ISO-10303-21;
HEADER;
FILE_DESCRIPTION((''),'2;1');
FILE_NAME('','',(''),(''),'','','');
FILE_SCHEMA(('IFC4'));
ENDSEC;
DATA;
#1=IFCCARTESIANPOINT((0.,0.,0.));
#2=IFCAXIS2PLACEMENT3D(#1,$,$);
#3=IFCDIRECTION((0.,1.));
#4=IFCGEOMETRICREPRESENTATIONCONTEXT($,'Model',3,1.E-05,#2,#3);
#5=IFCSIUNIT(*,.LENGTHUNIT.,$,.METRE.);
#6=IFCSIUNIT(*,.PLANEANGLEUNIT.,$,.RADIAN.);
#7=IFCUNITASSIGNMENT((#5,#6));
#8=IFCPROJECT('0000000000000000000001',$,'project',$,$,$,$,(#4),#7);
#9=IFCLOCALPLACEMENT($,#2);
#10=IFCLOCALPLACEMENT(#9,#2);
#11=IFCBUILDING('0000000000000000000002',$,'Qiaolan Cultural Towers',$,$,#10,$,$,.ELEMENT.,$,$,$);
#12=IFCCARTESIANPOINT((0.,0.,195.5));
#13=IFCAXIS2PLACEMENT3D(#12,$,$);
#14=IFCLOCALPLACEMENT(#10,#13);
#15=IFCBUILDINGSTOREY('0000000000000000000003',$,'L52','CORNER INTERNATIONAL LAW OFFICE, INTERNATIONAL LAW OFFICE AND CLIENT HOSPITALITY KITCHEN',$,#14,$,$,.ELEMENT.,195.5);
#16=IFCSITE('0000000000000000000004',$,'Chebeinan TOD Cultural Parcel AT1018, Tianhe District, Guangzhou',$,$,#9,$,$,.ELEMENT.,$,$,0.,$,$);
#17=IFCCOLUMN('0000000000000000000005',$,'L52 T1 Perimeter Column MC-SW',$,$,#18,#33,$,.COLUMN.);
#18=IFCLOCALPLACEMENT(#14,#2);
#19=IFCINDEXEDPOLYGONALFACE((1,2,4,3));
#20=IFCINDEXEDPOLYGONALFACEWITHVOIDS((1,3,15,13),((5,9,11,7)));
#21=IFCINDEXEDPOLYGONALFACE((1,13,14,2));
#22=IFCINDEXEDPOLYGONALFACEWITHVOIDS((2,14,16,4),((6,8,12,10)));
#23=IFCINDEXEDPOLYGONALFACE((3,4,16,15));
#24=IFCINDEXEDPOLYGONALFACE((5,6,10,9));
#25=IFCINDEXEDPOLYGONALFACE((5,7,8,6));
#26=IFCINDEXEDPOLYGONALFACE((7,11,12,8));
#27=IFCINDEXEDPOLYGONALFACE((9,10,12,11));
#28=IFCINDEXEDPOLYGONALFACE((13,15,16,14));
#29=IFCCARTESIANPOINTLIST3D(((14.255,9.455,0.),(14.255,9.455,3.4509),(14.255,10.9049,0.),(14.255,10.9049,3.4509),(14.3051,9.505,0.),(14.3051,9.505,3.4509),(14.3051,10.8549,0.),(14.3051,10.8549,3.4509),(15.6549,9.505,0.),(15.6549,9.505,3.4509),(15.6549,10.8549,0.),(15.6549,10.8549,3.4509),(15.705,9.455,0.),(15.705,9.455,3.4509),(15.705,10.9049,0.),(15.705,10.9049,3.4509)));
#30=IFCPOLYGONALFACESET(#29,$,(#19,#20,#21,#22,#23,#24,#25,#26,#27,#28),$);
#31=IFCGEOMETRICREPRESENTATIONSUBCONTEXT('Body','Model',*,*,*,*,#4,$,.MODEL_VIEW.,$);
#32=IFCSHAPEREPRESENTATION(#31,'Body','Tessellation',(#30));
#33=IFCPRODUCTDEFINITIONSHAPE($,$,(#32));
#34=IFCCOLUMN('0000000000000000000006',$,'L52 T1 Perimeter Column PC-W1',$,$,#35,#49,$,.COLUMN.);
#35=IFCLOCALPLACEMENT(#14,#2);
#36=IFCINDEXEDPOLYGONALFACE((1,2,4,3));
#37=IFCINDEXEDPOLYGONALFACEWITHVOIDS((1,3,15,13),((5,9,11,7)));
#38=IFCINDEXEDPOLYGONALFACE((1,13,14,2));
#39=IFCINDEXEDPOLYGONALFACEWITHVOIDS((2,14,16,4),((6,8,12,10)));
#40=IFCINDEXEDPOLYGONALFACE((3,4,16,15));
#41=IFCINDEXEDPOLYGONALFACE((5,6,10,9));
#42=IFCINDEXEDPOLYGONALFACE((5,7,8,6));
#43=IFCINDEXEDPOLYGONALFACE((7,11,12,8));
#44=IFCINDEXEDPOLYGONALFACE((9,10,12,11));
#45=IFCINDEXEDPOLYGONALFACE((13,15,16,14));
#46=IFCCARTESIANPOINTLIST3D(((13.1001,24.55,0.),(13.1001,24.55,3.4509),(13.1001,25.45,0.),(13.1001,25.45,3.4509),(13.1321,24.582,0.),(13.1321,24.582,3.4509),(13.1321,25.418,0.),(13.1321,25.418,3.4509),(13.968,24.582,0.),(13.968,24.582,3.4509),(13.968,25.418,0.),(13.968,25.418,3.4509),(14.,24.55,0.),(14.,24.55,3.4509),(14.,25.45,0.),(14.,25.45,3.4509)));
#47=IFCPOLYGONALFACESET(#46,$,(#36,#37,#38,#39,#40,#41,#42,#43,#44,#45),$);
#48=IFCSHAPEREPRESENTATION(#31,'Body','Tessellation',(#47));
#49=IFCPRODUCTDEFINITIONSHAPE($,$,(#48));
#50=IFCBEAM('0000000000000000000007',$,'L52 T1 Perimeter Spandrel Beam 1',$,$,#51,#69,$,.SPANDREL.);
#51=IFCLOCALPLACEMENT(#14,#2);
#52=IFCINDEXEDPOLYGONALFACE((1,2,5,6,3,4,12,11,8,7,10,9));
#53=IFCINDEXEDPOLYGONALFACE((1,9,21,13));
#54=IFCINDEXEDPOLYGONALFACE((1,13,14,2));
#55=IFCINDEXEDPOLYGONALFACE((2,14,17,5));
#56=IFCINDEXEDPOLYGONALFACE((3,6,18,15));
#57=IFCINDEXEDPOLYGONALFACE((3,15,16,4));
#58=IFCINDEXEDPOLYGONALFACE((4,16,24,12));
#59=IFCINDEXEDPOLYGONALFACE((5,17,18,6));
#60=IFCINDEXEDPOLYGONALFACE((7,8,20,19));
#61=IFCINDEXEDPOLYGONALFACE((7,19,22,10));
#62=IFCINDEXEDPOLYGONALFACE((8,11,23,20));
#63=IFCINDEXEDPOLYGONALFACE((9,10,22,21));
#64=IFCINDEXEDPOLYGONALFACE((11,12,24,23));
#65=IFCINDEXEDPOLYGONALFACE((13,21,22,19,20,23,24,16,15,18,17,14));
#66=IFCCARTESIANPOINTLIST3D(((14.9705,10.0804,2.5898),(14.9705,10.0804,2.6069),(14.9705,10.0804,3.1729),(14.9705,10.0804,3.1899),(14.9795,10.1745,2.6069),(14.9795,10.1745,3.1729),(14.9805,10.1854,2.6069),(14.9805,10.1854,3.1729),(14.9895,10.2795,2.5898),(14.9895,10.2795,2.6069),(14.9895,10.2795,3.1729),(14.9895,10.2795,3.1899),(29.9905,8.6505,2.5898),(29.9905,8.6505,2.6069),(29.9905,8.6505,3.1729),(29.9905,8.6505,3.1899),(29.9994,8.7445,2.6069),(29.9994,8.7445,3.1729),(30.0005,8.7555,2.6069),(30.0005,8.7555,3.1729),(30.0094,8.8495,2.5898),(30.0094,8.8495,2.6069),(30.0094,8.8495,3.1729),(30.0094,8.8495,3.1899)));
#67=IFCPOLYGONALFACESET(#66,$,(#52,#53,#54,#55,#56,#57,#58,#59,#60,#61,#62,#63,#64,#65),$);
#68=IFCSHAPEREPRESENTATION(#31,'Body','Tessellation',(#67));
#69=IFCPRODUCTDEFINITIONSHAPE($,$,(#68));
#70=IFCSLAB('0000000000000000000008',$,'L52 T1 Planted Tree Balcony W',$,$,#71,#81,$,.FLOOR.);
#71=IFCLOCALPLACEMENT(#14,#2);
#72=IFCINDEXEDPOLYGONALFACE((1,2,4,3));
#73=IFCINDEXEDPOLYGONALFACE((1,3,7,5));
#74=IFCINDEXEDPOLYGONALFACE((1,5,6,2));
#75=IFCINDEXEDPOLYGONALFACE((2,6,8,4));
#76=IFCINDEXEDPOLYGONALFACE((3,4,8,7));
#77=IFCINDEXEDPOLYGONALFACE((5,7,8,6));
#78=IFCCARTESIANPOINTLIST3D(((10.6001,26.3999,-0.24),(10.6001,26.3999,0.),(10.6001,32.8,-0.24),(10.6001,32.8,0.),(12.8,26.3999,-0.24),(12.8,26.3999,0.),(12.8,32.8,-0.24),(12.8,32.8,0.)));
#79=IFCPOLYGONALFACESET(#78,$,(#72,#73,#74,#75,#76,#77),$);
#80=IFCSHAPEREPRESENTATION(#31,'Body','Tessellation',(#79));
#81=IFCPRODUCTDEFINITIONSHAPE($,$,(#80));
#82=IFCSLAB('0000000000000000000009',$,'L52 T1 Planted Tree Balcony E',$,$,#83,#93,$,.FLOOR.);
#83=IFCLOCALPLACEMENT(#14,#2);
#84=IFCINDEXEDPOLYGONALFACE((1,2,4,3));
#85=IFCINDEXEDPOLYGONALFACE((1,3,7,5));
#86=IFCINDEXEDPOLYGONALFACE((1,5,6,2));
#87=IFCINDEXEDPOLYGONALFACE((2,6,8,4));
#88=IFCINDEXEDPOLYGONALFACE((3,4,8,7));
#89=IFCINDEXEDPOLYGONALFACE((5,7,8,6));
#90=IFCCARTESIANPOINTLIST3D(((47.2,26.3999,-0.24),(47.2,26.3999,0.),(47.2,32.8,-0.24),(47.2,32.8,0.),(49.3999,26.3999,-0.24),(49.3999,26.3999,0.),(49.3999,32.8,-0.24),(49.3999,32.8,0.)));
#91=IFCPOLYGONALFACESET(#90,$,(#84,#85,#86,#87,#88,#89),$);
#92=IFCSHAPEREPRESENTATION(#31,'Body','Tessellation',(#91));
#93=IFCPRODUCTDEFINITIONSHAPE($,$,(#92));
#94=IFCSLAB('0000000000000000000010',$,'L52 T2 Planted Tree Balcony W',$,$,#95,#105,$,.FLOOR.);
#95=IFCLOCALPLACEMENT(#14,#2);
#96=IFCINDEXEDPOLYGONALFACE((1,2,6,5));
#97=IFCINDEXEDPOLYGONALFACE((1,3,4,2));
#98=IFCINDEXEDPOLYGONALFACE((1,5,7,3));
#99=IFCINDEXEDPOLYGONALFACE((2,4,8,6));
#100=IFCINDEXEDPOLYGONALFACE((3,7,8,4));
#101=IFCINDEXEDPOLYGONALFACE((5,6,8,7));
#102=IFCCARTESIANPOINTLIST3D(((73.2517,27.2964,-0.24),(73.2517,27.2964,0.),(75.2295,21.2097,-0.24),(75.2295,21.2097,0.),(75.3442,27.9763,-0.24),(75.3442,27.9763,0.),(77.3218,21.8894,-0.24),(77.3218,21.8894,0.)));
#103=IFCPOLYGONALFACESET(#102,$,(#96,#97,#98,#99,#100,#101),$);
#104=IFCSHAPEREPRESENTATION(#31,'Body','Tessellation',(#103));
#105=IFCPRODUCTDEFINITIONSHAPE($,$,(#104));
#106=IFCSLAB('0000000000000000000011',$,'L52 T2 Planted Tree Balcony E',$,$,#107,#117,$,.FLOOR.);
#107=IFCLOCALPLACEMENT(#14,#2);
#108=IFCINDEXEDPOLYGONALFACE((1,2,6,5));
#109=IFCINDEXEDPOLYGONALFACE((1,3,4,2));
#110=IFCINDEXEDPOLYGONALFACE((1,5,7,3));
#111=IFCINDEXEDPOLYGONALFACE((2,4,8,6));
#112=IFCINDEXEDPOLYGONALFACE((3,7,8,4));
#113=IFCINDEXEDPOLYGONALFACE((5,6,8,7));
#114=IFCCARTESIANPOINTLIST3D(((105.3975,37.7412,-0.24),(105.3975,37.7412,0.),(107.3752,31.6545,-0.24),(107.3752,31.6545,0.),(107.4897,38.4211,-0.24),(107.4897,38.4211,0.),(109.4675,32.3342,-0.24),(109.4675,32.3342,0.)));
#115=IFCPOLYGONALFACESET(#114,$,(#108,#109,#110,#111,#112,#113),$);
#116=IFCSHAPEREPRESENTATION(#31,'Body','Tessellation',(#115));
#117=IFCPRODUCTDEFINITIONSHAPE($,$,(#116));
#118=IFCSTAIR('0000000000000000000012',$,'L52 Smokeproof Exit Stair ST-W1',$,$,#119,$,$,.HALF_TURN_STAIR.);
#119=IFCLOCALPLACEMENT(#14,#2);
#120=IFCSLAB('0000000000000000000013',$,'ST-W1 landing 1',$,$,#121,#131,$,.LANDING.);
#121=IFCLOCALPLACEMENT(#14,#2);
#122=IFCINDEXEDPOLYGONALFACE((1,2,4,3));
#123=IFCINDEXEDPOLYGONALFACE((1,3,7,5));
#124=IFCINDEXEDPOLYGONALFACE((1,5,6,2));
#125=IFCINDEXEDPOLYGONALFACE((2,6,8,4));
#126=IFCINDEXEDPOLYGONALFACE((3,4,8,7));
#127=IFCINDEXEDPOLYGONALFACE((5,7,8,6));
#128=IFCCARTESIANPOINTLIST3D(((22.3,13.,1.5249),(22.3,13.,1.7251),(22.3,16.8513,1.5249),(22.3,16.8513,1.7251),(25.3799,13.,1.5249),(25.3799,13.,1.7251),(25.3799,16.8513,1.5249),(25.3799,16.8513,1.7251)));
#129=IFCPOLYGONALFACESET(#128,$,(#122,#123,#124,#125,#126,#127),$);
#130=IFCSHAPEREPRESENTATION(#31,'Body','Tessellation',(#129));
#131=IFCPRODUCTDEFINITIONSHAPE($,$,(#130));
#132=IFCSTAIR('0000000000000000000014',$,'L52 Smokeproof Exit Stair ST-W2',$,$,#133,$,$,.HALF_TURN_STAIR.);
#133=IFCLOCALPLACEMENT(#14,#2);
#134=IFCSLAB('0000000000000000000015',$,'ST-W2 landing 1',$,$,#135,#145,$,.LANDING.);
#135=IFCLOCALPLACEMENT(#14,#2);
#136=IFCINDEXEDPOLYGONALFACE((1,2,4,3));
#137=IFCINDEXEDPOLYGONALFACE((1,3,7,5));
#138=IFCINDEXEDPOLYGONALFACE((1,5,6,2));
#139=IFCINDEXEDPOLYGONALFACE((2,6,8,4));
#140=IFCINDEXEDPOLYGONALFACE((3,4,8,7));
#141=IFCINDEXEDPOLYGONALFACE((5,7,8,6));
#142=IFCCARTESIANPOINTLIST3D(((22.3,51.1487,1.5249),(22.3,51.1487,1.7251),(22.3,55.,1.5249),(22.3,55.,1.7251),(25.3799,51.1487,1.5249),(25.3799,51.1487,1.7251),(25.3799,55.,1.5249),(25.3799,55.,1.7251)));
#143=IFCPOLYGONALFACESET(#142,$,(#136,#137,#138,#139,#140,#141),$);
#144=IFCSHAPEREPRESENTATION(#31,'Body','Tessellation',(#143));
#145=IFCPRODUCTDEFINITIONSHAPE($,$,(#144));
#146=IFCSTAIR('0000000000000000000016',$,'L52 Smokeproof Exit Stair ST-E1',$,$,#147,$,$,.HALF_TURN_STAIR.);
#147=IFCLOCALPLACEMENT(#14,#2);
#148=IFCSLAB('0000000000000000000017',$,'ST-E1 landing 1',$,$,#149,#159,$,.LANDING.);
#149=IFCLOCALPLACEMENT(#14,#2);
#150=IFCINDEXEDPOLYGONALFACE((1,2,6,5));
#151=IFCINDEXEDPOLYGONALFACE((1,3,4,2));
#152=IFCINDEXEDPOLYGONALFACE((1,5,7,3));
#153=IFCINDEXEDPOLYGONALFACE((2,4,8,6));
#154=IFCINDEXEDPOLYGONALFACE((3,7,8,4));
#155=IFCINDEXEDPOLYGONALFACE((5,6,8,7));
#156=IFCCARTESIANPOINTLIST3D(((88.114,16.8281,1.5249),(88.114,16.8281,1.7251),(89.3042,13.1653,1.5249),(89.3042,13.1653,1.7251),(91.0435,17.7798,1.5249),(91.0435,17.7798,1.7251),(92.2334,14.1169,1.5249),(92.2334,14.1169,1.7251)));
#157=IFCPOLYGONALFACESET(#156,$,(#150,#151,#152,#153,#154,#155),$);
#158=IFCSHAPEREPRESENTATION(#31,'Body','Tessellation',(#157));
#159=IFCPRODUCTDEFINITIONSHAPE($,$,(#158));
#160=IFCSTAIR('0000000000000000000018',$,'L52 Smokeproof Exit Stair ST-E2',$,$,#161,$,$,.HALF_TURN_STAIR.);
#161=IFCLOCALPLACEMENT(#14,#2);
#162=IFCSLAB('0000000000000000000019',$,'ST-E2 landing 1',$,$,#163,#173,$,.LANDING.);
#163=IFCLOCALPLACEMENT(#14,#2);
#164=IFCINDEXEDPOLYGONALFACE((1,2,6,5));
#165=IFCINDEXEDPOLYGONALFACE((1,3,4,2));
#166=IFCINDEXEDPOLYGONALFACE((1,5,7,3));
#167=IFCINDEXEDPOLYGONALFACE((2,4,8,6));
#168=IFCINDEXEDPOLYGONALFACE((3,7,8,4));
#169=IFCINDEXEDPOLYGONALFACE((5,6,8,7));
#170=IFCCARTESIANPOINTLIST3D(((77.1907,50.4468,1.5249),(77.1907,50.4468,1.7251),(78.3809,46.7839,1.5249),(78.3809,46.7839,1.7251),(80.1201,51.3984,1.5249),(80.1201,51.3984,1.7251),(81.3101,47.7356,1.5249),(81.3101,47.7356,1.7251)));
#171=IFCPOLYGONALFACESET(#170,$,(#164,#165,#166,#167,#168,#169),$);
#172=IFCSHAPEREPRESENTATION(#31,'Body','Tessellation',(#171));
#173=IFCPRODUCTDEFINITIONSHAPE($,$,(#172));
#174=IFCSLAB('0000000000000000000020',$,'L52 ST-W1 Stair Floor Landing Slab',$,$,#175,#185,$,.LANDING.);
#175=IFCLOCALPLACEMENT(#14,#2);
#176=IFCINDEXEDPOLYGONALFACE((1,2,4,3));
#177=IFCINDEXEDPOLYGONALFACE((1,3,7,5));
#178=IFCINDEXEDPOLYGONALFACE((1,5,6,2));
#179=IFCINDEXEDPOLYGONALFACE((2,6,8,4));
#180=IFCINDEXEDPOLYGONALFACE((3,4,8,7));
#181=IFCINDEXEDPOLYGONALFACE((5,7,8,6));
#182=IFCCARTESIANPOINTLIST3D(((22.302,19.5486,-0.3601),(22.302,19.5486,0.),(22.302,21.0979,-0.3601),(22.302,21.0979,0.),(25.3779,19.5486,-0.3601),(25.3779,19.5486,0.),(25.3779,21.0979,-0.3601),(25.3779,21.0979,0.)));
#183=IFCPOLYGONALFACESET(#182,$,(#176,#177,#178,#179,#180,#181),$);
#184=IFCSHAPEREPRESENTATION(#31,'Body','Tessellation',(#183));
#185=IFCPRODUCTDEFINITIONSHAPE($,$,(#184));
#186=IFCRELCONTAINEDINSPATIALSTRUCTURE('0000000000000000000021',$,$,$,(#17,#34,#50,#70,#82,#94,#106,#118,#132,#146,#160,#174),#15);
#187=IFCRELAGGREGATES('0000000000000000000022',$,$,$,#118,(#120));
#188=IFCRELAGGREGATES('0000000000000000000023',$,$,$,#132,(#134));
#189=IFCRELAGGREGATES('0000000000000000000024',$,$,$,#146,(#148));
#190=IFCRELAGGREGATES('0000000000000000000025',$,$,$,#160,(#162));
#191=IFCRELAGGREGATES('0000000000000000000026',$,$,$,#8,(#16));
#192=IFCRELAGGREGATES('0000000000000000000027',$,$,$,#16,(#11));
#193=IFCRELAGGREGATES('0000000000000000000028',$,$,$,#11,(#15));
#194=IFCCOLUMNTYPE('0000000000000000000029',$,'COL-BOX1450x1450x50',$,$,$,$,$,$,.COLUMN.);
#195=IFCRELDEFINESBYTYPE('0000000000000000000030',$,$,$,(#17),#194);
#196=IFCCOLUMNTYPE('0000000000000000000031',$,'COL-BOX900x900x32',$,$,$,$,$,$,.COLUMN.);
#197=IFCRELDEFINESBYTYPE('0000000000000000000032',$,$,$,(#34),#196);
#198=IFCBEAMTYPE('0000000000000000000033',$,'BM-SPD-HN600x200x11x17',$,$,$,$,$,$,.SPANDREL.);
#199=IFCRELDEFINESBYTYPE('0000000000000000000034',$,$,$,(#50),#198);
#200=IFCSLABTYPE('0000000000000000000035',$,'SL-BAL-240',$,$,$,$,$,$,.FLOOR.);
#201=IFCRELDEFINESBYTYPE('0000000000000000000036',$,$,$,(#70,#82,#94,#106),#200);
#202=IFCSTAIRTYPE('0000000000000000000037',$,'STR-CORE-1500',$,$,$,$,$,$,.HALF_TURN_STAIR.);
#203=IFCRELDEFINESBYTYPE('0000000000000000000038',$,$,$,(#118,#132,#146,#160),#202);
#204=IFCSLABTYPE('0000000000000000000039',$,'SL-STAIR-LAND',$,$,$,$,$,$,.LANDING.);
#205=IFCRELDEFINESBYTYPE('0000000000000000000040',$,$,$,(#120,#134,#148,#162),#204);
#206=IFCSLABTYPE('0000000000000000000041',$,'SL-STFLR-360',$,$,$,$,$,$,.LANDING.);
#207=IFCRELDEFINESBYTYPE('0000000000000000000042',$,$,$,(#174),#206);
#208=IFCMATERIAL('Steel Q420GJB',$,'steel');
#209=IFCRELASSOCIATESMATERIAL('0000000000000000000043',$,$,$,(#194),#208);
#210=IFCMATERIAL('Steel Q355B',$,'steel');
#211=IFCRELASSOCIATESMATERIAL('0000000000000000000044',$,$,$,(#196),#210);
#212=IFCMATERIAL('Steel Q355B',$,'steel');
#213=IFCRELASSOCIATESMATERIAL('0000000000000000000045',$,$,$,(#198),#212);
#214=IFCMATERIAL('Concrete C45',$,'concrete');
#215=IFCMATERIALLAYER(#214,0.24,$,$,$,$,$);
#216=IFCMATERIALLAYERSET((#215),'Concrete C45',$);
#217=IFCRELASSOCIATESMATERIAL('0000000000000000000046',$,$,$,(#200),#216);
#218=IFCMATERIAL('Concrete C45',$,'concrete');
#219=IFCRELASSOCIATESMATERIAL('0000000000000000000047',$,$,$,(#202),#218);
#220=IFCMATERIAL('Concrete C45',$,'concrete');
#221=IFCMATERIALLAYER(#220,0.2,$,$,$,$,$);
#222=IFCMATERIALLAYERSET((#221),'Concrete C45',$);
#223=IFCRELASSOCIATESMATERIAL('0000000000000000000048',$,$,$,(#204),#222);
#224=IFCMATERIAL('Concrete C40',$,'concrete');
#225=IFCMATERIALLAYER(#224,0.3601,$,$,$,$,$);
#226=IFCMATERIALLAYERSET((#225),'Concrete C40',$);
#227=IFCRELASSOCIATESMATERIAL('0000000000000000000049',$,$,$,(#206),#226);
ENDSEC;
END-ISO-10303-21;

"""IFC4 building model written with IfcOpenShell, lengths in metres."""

from ifc_helpers import new_model, si_unit, direction, frame, origin, origin_2d, place, context, subcontext, project, spatial, polyline, hollow_rectangle, i_section, outline, extrude, material, layer, layer_set, material_profile, profile_set, type_object, element, aggregate, save


model = new_model("IFC4")

# Units and contexts
model_context = context("Model", 3, precision=1e-05, world=origin(), true_north=direction((0.0, 1.0)))
body_context = subcontext(model_context, "Body", "Model", "MODEL_VIEW")
ifc_project = project(units=[si_unit("LENGTHUNIT", "METRE"), si_unit("PLANEANGLEUNIT", "RADIAN")], contexts=[model_context])

# Site, building, storey
site_placement = place(None, origin())
site = spatial("IfcSite", under=ifc_project, at=site_placement, Name="Chebeinan TOD Cultural Parcel AT1018, Tianhe District, Guangzhou", CompositionType="ELEMENT", RefElevation=0.0)
building_placement = place(site_placement, origin())
building = spatial("IfcBuilding", under=site, at=building_placement, Name="Qiaolan Cultural Towers", CompositionType="ELEMENT")
storey_placement = place(building_placement, frame((0.0, 0.0, 195.5)))
storey = spatial("IfcBuildingStorey", under=building, at=storey_placement, Name="L52", Description="CORNER INTERNATIONAL LAW OFFICE, INTERNATIONAL LAW OFFICE AND CLIENT HOSPITALITY KITCHEN", CompositionType="ELEMENT", Elevation=195.5)

# Columns
ifc_material_1 = material(Name="Steel Q420GJB", Category="steel")
ifc_material_profile_1 = material_profile(ifc_material_1, hollow_rectangle(XDim=1.45, YDim=1.45, WallThickness=0.05, at=origin_2d()), Name="BOX1450x1450x50")
ifc_profile_set_1 = profile_set([ifc_material_profile_1], Name="Steel Q420GJB")
column_type_1 = type_object("IfcColumnType", Name="COL-BOX1450x1450x50", PredefinedType="COLUMN", material=ifc_profile_set_1)
column_1_placement = place(storey_placement, frame((14.98, 10.1799, 0.0), z_axis=(0.0, 0.0, 1.0), x_axis=(1.0, 0.0, 0.0)))
element("IfcColumn", 1, at=column_1_placement, inside=storey, type_object=column_type_1, Name="L52 T1 Perimeter Column MC-SW", PredefinedType="COLUMN", context=body_context, shape_type="SweptSolid", body=[
    extrude(hollow_rectangle(XDim=1.45, YDim=1.45, WallThickness=0.05, at=origin_2d()), origin(), (0.0, 0.0, 1.0), 3.4509),
])
ifc_material_2 = material(Name="Steel Q355B", Category="steel")
ifc_material_profile_2 = material_profile(ifc_material_2, hollow_rectangle(XDim=0.8999, YDim=0.8999, WallThickness=0.032, at=origin_2d()), Name="BOX900x900x32")
ifc_profile_set_2 = profile_set([ifc_material_profile_2], Name="Steel Q355B")
column_type_2 = type_object("IfcColumnType", Name="COL-BOX900x900x32", PredefinedType="COLUMN", material=ifc_profile_set_2)
column_2_placement = place(storey_placement, frame((13.55, 25.0, 0.0), z_axis=(0.0, 0.0, 1.0), x_axis=(1.0, 0.0, 0.0)))
element("IfcColumn", 2, at=column_2_placement, inside=storey, type_object=column_type_2, Name="L52 T1 Perimeter Column PC-W1", PredefinedType="COLUMN", context=body_context, shape_type="SweptSolid", body=[
    extrude(hollow_rectangle(XDim=0.8999, YDim=0.8999, WallThickness=0.032, at=origin_2d()), origin(), (0.0, 0.0, 1.0), 3.4509),
])

# Beam
ifc_material_3 = material(Name="Steel Q355B", Category="steel")
ifc_material_profile_3 = material_profile(ifc_material_3, i_section(OverallWidth=0.2, OverallDepth=0.6001, WebThickness=0.011, FlangeThickness=0.0171, at=origin_2d()), Name="HN600x200x11x17")
ifc_profile_set_3 = profile_set([ifc_material_profile_3], Name="Steel Q355B")
beam_type = type_object("IfcBeamType", Name="BM-SPD-HN600x200x11x17", PredefinedType="SPANDREL", material=ifc_profile_set_3)
beam_placement = place(storey_placement, frame((14.98, 10.1799, 2.8899), z_axis=(0.995499, -0.094773, 0.0), x_axis=(0.094773, 0.995499, 0.0)))
element("IfcBeam", 3, at=beam_placement, inside=storey, type_object=beam_type, Name="L52 T1 Perimeter Spandrel Beam 1", PredefinedType="SPANDREL", context=body_context, shape_type="SweptSolid", body=[
    extrude(i_section(OverallWidth=0.2, OverallDepth=0.6001, WebThickness=0.011, FlangeThickness=0.0171, at=origin_2d()), origin(), (0.0, 0.0, 1.0), 15.0879),
])

# Slabs
ifc_material_4 = material(Name="Concrete C45", Category="concrete")
ifc_layer_1 = layer(ifc_material_4, 0.24)
ifc_layer_set_1 = layer_set([ifc_layer_1], Name="Concrete C45")
slab_type_1 = type_object("IfcSlabType", Name="SL-BAL-240", PredefinedType="FLOOR", material=ifc_layer_set_1)
slab_1_placement = place(storey_placement, frame((0.0, 0.0, -0.24)))
element("IfcSlab", 4, at=slab_1_placement, inside=storey, type_object=slab_type_1, Name="L52 T1 Planted Tree Balcony W", PredefinedType="FLOOR", context=body_context, shape_type="SweptSolid", body=[
    extrude(outline(polyline([(10.6001, 26.3999), (12.8, 26.3999), (12.8, 32.8), (10.6001, 32.8), (10.6001, 26.3999)])), origin(), (0.0, 0.0, 1.0), 0.24),
])
slab_2_placement = place(storey_placement, frame((0.0, 0.0, -0.24)))
element("IfcSlab", 5, at=slab_2_placement, inside=storey, type_object=slab_type_1, Name="L52 T1 Planted Tree Balcony E", PredefinedType="FLOOR", context=body_context, shape_type="SweptSolid", body=[
    extrude(outline(polyline([(47.2, 26.3999), (49.3999, 26.3999), (49.3999, 32.8), (47.2, 32.8), (47.2, 26.3999)])), origin(), (0.0, 0.0, 1.0), 0.24),
])
slab_3_placement = place(storey_placement, frame((0.0, 0.0, -0.24)))
element("IfcSlab", 6, at=slab_3_placement, inside=storey, type_object=slab_type_1, Name="L52 T2 Planted Tree Balcony W", PredefinedType="FLOOR", context=body_context, shape_type="SweptSolid", body=[
    extrude(outline(polyline([(75.2295, 21.2097), (77.3218, 21.8894), (75.3442, 27.9763), (73.2517, 27.2964), (75.2295, 21.2097)])), origin(), (0.0, 0.0, 1.0), 0.24),
])
slab_4_placement = place(storey_placement, frame((0.0, 0.0, -0.24)))
element("IfcSlab", 7, at=slab_4_placement, inside=storey, type_object=slab_type_1, Name="L52 T2 Planted Tree Balcony E", PredefinedType="FLOOR", context=body_context, shape_type="SweptSolid", body=[
    extrude(outline(polyline([(107.3752, 31.6545), (109.4675, 32.3342), (107.4897, 38.4211), (105.3975, 37.7412), (107.3752, 31.6545)])), origin(), (0.0, 0.0, 1.0), 0.24),
])

# Stairs, slabs
ifc_material_5 = material(Name="Concrete C45", Category="concrete")
stair_type = type_object("IfcStairType", Name="STR-CORE-1500", PredefinedType="HALF_TURN_STAIR", material=ifc_material_5)
stair_1_placement = place(storey_placement, origin())
stair_1 = element("IfcStair", 8, at=stair_1_placement, inside=storey, type_object=stair_type, Name="L52 Smokeproof Exit Stair ST-W1", PredefinedType="HALF_TURN_STAIR")
ifc_material_6 = material(Name="Concrete C45", Category="concrete")
ifc_layer_2 = layer(ifc_material_6, 0.2)
ifc_layer_set_2 = layer_set([ifc_layer_2], Name="Concrete C45")
slab_type_2 = type_object("IfcSlabType", Name="SL-STAIR-LAND", PredefinedType="LANDING", material=ifc_layer_set_2)
slab_5_placement = place(storey_placement, frame((0.0, 0.0, 1.5249)))
slab_5 = element("IfcSlab", 9, at=slab_5_placement, type_object=slab_type_2, Name="ST-W1 landing 1", PredefinedType="LANDING", context=body_context, shape_type="SweptSolid", body=[
    extrude(outline(polyline([(22.3, 16.8513), (22.3, 13.0), (25.3799, 13.0), (25.3799, 16.8513), (22.3, 16.8513)])), origin(), (0.0, 0.0, 1.0), 0.2002),
])
aggregate(stair_1, [slab_5])
stair_2_placement = place(storey_placement, origin())
stair_2 = element("IfcStair", 10, at=stair_2_placement, inside=storey, type_object=stair_type, Name="L52 Smokeproof Exit Stair ST-W2", PredefinedType="HALF_TURN_STAIR")
slab_6_placement = place(storey_placement, frame((0.0, 0.0, 1.5249)))
slab_6 = element("IfcSlab", 11, at=slab_6_placement, type_object=slab_type_2, Name="ST-W2 landing 1", PredefinedType="LANDING", context=body_context, shape_type="SweptSolid", body=[
    extrude(outline(polyline([(25.3799, 51.1487), (25.3799, 55.0), (22.3, 55.0), (22.3, 51.1487), (25.3799, 51.1487)])), origin(), (0.0, 0.0, 1.0), 0.2002),
])
aggregate(stair_2, [slab_6])
stair_3_placement = place(storey_placement, origin())
stair_3 = element("IfcStair", 12, at=stair_3_placement, inside=storey, type_object=stair_type, Name="L52 Smokeproof Exit Stair ST-E1", PredefinedType="HALF_TURN_STAIR")
slab_7_placement = place(storey_placement, frame((0.0, 0.0, 1.5249)))
slab_7 = element("IfcSlab", 13, at=slab_7_placement, type_object=slab_type_2, Name="ST-E1 landing 1", PredefinedType="LANDING", context=body_context, shape_type="SweptSolid", body=[
    extrude(outline(polyline([(88.114, 16.8281), (89.3042, 13.1653), (92.2334, 14.1169), (91.0435, 17.7798), (88.114, 16.8281)])), origin(), (0.0, 0.0, 1.0), 0.2002),
])
aggregate(stair_3, [slab_7])
stair_4_placement = place(storey_placement, origin())
stair_4 = element("IfcStair", 14, at=stair_4_placement, inside=storey, type_object=stair_type, Name="L52 Smokeproof Exit Stair ST-E2", PredefinedType="HALF_TURN_STAIR")
slab_8_placement = place(storey_placement, frame((0.0, 0.0, 1.5249)))
slab_8 = element("IfcSlab", 15, at=slab_8_placement, type_object=slab_type_2, Name="ST-E2 landing 1", PredefinedType="LANDING", context=body_context, shape_type="SweptSolid", body=[
    extrude(outline(polyline([(81.3101, 47.7356), (80.1201, 51.3984), (77.1907, 50.4468), (78.3809, 46.7839), (81.3101, 47.7356)])), origin(), (0.0, 0.0, 1.0), 0.2002),
])
aggregate(stair_4, [slab_8])

# Slab
ifc_material_7 = material(Name="Concrete C40", Category="concrete")
ifc_layer_3 = layer(ifc_material_7, 0.3601)
ifc_layer_set_3 = layer_set([ifc_layer_3], Name="Concrete C40")
slab_type_3 = type_object("IfcSlabType", Name="SL-STFLR-360", PredefinedType="LANDING", material=ifc_layer_set_3)
slab_9_placement = place(storey_placement, frame((0.0, 0.0, -0.3601)))
element("IfcSlab", 16, at=slab_9_placement, inside=storey, type_object=slab_type_3, Name="L52 ST-W1 Stair Floor Landing Slab", PredefinedType="LANDING", context=body_context, shape_type="SweptSolid", body=[
    extrude(outline(polyline([(22.302, 21.0979), (22.302, 19.5486), (25.3779, 19.5486), (25.3779, 21.0979), (22.302, 21.0979)])), origin(), (0.0, 0.0, 1.0), 0.3601),
])

save(model, "model.ifc")
